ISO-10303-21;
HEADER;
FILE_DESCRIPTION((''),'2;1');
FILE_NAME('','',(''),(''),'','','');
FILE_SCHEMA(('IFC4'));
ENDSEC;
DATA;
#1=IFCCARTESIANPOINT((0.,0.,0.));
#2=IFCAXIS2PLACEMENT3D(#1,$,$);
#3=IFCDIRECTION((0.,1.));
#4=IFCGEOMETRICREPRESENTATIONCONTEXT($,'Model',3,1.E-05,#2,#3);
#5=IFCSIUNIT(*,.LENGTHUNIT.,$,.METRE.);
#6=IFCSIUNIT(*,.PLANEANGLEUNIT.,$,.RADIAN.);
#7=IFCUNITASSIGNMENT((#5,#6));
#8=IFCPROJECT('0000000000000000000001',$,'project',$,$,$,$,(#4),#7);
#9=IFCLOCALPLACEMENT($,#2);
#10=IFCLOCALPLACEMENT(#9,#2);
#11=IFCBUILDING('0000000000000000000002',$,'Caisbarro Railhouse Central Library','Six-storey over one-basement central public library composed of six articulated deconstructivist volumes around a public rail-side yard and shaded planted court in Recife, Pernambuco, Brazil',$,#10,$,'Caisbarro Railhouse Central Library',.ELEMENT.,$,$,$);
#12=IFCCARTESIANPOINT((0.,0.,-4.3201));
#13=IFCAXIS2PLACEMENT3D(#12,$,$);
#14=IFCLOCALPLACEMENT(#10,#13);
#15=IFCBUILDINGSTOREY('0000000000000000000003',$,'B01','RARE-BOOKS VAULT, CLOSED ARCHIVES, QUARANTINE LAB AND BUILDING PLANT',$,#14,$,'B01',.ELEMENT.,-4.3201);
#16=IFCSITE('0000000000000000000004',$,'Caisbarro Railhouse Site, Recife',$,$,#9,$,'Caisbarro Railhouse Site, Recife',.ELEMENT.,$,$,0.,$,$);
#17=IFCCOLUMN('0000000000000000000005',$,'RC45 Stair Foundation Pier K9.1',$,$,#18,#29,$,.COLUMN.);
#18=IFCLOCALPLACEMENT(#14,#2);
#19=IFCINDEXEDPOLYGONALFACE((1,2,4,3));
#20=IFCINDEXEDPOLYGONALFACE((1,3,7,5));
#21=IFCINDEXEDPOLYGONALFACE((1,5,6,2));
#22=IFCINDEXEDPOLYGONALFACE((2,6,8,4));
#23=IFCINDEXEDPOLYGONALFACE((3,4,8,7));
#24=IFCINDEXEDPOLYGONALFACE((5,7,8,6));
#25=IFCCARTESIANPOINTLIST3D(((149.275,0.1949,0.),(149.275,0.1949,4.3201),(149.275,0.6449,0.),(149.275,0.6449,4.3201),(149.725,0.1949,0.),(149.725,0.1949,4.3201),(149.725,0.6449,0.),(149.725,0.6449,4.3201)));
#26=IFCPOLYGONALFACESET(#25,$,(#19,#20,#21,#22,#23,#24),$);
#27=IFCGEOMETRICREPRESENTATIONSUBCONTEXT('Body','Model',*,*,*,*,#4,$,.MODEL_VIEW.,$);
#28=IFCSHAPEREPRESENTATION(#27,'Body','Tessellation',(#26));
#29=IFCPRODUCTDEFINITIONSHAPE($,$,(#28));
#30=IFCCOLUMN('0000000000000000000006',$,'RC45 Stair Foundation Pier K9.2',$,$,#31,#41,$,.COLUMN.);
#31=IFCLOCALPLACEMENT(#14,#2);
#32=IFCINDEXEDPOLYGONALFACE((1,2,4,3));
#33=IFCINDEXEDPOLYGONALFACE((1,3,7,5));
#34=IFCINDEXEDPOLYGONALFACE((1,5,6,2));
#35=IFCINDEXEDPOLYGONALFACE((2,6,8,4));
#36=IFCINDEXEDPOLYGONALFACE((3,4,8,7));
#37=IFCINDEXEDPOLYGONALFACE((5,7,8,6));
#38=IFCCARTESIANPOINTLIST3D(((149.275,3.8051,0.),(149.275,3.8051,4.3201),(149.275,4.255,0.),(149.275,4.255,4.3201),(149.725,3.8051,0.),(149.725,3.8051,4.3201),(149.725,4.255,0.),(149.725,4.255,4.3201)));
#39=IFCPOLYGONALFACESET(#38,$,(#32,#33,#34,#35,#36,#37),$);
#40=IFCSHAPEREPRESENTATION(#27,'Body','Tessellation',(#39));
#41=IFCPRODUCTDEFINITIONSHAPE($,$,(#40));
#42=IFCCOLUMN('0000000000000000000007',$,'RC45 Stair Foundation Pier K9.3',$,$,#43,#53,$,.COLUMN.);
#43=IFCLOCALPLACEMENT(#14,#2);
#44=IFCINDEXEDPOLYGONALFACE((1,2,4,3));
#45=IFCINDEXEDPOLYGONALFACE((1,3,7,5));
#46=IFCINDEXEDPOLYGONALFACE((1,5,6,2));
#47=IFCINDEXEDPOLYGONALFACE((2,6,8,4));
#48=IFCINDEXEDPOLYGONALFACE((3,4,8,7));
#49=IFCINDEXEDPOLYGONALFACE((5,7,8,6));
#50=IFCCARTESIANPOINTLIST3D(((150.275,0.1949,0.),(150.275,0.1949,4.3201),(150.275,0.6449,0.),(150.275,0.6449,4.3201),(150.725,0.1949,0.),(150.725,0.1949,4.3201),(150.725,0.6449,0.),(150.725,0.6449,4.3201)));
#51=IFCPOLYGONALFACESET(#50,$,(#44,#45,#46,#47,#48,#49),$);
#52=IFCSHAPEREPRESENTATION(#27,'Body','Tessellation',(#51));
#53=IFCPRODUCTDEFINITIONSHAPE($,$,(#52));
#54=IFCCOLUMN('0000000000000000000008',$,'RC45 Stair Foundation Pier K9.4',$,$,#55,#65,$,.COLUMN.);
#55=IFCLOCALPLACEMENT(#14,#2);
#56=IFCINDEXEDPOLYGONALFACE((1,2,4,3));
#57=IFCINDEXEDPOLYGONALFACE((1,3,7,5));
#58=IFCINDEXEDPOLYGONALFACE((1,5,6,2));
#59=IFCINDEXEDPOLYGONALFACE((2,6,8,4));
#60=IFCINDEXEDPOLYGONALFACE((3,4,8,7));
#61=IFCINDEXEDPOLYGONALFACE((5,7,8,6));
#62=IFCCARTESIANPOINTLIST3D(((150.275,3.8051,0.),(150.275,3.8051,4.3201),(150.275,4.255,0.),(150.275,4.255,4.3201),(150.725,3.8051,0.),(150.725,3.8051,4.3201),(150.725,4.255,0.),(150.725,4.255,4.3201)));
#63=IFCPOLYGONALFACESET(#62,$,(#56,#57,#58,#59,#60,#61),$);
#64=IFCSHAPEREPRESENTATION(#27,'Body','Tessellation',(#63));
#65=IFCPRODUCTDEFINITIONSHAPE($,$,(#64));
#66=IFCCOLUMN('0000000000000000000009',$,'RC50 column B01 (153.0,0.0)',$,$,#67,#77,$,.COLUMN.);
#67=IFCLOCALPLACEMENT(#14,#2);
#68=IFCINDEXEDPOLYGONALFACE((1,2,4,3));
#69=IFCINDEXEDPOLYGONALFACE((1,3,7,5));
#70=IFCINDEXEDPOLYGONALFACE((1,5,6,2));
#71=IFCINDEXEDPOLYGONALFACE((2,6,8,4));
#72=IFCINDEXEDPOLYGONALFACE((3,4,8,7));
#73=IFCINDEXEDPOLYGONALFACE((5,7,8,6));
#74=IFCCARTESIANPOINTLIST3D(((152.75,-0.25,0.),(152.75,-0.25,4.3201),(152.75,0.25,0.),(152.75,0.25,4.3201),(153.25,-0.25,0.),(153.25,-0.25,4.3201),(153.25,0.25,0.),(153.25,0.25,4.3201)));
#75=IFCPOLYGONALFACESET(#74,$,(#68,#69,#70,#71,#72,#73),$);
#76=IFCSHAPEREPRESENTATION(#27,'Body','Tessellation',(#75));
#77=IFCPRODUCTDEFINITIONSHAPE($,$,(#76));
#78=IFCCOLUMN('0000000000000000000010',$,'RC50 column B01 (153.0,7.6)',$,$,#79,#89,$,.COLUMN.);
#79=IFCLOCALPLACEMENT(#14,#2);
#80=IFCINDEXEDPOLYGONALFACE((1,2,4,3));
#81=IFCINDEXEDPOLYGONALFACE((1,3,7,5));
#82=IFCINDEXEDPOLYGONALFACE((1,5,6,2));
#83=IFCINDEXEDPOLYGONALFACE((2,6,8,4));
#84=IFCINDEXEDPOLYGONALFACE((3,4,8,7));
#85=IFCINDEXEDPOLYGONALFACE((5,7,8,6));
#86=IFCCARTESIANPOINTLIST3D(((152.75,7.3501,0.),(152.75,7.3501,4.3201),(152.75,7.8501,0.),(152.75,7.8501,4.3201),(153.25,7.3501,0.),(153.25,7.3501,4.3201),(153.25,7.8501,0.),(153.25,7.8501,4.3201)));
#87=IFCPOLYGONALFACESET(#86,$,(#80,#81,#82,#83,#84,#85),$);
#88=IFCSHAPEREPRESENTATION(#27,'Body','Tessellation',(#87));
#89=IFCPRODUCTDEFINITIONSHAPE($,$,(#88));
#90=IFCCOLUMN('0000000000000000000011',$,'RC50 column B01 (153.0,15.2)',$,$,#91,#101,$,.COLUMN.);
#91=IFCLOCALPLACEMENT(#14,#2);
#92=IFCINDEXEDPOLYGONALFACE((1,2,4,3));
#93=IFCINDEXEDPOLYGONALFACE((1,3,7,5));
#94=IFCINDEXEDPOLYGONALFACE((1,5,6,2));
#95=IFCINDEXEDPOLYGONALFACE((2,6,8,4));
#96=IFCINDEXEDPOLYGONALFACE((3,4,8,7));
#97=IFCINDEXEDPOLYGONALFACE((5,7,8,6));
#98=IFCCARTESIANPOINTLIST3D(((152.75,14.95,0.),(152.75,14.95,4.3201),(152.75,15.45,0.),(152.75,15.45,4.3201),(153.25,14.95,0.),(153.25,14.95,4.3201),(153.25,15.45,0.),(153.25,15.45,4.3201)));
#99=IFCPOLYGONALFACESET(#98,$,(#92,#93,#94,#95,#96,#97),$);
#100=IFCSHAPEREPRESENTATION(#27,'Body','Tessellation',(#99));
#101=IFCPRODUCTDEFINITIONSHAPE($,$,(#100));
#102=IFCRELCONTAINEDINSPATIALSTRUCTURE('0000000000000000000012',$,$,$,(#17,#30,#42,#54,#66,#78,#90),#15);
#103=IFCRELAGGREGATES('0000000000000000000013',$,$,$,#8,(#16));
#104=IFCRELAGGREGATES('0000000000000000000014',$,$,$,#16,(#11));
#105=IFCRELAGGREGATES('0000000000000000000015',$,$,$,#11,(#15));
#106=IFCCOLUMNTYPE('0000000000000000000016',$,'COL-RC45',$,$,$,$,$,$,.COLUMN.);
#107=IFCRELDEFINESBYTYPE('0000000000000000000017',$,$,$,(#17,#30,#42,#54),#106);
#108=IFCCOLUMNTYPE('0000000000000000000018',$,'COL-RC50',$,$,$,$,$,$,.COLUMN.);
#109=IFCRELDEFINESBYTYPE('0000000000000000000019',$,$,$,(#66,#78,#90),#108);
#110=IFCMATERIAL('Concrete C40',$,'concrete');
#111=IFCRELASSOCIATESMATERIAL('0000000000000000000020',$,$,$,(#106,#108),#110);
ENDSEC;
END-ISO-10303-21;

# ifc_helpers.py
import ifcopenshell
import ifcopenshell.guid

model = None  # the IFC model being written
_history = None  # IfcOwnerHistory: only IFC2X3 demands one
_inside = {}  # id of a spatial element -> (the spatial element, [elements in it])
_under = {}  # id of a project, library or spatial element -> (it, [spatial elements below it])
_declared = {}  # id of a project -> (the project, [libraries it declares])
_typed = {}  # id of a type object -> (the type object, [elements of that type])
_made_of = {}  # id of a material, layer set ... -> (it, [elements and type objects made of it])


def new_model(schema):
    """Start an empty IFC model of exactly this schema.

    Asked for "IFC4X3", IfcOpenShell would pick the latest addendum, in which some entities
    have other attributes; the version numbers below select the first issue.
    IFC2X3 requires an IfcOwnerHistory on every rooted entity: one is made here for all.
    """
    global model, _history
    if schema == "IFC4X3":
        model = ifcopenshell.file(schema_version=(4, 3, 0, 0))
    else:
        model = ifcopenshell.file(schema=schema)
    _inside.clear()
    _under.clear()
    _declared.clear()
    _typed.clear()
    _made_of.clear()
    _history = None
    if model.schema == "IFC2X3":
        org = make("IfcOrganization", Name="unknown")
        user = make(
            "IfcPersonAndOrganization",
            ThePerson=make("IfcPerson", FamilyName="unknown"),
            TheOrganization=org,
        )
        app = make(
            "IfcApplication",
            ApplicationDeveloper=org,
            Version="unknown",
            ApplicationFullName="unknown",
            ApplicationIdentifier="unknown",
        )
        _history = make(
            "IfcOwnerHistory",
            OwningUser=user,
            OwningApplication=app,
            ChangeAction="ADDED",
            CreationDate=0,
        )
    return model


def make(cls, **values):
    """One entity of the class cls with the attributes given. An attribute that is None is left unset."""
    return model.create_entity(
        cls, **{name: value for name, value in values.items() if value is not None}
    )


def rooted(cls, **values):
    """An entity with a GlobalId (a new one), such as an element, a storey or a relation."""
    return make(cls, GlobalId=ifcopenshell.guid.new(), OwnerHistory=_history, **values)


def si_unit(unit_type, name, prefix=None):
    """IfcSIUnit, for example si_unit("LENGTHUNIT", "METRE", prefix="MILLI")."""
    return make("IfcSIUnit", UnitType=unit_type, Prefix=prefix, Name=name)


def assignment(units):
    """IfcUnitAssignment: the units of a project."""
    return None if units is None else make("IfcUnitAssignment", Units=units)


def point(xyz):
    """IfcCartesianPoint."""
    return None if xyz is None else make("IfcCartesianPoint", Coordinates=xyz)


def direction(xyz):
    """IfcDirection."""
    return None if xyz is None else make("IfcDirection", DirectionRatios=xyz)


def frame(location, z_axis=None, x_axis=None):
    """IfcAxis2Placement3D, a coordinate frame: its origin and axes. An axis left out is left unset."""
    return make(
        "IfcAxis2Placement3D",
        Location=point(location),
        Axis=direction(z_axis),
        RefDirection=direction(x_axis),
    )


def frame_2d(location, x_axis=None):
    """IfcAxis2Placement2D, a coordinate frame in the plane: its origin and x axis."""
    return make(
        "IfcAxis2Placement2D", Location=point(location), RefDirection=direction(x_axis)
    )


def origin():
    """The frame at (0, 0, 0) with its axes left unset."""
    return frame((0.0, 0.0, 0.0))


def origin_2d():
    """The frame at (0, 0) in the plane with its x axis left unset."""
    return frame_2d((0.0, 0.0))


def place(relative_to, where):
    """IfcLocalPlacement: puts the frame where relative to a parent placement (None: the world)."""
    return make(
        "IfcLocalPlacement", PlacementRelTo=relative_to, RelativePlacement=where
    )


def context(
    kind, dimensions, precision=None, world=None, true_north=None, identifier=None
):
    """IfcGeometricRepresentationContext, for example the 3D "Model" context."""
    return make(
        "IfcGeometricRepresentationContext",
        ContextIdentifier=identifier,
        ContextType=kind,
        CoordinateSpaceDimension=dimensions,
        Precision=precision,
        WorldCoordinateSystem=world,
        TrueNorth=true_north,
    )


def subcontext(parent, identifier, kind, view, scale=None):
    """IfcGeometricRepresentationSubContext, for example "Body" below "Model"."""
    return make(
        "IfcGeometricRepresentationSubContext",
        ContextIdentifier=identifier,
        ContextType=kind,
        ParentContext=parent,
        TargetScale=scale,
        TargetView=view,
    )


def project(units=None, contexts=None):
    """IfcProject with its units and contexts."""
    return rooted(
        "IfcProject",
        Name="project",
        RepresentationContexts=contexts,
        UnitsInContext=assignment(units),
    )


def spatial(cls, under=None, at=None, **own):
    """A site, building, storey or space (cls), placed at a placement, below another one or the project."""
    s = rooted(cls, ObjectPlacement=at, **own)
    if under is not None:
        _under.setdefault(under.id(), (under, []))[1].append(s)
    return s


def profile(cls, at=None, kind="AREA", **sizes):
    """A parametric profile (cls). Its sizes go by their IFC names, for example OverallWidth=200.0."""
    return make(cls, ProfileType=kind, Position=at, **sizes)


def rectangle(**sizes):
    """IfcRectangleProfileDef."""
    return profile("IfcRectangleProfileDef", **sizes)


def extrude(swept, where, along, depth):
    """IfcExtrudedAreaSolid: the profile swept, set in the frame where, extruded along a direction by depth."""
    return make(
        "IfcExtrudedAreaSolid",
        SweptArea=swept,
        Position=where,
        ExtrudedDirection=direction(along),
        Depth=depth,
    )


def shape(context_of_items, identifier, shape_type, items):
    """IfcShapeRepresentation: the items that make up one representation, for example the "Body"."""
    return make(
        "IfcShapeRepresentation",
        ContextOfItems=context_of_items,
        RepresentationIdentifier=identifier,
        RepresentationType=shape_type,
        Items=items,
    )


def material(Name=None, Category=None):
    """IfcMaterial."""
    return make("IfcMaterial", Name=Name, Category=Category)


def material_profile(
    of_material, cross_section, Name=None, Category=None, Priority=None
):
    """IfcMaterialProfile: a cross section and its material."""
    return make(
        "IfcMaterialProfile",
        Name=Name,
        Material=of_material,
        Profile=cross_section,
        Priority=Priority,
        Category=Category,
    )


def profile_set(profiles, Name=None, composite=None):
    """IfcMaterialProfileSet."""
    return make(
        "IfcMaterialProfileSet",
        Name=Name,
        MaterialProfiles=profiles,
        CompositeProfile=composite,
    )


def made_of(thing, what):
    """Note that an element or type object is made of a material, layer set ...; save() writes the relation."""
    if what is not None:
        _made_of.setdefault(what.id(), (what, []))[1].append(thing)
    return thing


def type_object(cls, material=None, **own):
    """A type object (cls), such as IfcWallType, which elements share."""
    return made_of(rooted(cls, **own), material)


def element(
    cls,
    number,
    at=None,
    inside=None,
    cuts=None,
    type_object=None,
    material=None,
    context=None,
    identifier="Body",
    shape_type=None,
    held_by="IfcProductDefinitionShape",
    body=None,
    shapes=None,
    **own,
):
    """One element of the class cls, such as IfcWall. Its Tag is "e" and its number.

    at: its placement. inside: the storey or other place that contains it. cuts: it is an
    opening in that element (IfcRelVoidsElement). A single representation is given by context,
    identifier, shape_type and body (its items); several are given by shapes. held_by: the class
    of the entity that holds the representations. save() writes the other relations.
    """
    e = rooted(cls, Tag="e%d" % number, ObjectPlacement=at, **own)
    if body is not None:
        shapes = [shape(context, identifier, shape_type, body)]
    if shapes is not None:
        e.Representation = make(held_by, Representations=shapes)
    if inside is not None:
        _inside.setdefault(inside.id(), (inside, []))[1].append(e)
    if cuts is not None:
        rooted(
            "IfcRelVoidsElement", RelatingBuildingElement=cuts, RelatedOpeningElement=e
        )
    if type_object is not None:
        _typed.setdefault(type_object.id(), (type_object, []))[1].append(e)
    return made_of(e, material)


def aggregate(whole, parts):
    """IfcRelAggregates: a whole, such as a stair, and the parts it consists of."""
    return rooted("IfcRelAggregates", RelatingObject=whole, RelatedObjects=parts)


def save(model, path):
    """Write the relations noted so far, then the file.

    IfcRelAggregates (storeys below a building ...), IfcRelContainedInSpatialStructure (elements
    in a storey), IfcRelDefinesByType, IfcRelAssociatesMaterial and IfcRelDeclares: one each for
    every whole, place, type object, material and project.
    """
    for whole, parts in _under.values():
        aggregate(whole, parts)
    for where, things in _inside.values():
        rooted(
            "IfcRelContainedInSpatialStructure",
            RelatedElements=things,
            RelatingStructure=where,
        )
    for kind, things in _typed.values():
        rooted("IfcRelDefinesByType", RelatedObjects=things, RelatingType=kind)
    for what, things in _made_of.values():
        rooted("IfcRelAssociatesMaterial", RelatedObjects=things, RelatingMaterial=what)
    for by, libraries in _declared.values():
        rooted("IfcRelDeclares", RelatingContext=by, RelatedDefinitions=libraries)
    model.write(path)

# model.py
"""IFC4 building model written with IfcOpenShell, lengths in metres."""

from ifc_helpers import new_model, si_unit, direction, frame, origin, origin_2d, place, context, subcontext, project, spatial, rectangle, extrude, material, material_profile, profile_set, type_object, element, save


model = new_model("IFC4")

# Units and contexts
model_context = context("Model", 3, precision=1e-05, world=origin(), true_north=direction((0.0, 1.0)))
body_context = subcontext(model_context, "Body", "Model", "MODEL_VIEW")
ifc_project = project(units=[si_unit("LENGTHUNIT", "METRE"), si_unit("PLANEANGLEUNIT", "RADIAN")], contexts=[model_context])

# Site, building, storey
site_placement = place(None, origin())
site = spatial("IfcSite", under=ifc_project, at=site_placement, Name="Caisbarro Railhouse Site, Recife", LongName="Caisbarro Railhouse Site, Recife", CompositionType="ELEMENT", RefElevation=0.0)
building_placement = place(site_placement, origin())
building = spatial("IfcBuilding", under=site, at=building_placement, Name="Caisbarro Railhouse Central Library", Description="Six-storey over one-basement central public library composed of six articulated deconstructivist volumes around a public rail-side yard and shaded planted court in Recife, Pernambuco, Brazil", LongName="Caisbarro Railhouse Central Library", CompositionType="ELEMENT")
storey_placement = place(building_placement, frame((0.0, 0.0, -4.3201)))
storey = spatial("IfcBuildingStorey", under=building, at=storey_placement, Name="B01", Description="RARE-BOOKS VAULT, CLOSED ARCHIVES, QUARANTINE LAB AND BUILDING PLANT", LongName="B01", CompositionType="ELEMENT", Elevation=-4.3201)

# Shared definitions
ifc_material_1 = material(Name="Concrete C40", Category="concrete")

# Columns
ifc_material_profile_1 = material_profile(ifc_material_1, rectangle(XDim=0.45, YDim=0.45, at=origin_2d()), Name="RC-COL-450X450")
ifc_profile_set_1 = profile_set([ifc_material_profile_1], Name="Concrete C40")
column_type_1 = type_object("IfcColumnType", Name="COL-RC45", PredefinedType="COLUMN", material=ifc_profile_set_1)
for number, where, z_axis, x_axis, name in (
    (1, (149.5, 0.4199, 0.0), (0.0, 0.0, 1.0), (1.0, 0.0, 0.0), "RC45 Stair Foundation Pier K9.1"),
    (2, (149.5, 4.03, 0.0), (0.0, 0.0, 1.0), (1.0, 0.0, 0.0), "RC45 Stair Foundation Pier K9.2"),
    (3, (150.5, 0.4199, 0.0), (0.0, 0.0, 1.0), (1.0, 0.0, 0.0), "RC45 Stair Foundation Pier K9.3"),
    (4, (150.5, 4.03, 0.0), (0.0, 0.0, 1.0), (1.0, 0.0, 0.0), "RC45 Stair Foundation Pier K9.4"),
):
    element("IfcColumn", number, at=place(storey_placement, frame(where, z_axis=z_axis, x_axis=x_axis)), inside=storey, type_object=column_type_1, Name=name, PredefinedType="COLUMN", context=body_context, shape_type="SweptSolid", body=[
        extrude(rectangle(XDim=0.45, YDim=0.45, at=origin_2d()), origin(), (0.0, 0.0, 1.0), 4.3201),
    ])
ifc_material_profile_2 = material_profile(ifc_material_1, rectangle(XDim=0.5, YDim=0.5, at=origin_2d()), Name="RC-COL-500X500")
ifc_profile_set_2 = profile_set([ifc_material_profile_2], Name="Concrete C40")
column_type_2 = type_object("IfcColumnType", Name="COL-RC50", PredefinedType="COLUMN", material=ifc_profile_set_2)
for number, where, z_axis, x_axis, name in (
    (5, (153.0, 0.0, 0.0), (0.0, 0.0, 1.0), (1.0, 0.0, 0.0), "RC50 column B01 (153.0,0.0)"),
    (6, (153.0, 7.6001, 0.0), (0.0, 0.0, 1.0), (1.0, 0.0, 0.0), "RC50 column B01 (153.0,7.6)"),
    (7, (153.0, 15.2, 0.0), (0.0, 0.0, 1.0), (1.0, 0.0, 0.0), "RC50 column B01 (153.0,15.2)"),
):
    element("IfcColumn", number, at=place(storey_placement, frame(where, z_axis=z_axis, x_axis=x_axis)), inside=storey, type_object=column_type_2, Name=name, PredefinedType="COLUMN", context=body_context, shape_type="SweptSolid", body=[
        extrude(rectangle(XDim=0.5, YDim=0.5, at=origin_2d()), origin(), (0.0, 0.0, 1.0), 4.3201),
    ])

save(model, "model.ifc")
